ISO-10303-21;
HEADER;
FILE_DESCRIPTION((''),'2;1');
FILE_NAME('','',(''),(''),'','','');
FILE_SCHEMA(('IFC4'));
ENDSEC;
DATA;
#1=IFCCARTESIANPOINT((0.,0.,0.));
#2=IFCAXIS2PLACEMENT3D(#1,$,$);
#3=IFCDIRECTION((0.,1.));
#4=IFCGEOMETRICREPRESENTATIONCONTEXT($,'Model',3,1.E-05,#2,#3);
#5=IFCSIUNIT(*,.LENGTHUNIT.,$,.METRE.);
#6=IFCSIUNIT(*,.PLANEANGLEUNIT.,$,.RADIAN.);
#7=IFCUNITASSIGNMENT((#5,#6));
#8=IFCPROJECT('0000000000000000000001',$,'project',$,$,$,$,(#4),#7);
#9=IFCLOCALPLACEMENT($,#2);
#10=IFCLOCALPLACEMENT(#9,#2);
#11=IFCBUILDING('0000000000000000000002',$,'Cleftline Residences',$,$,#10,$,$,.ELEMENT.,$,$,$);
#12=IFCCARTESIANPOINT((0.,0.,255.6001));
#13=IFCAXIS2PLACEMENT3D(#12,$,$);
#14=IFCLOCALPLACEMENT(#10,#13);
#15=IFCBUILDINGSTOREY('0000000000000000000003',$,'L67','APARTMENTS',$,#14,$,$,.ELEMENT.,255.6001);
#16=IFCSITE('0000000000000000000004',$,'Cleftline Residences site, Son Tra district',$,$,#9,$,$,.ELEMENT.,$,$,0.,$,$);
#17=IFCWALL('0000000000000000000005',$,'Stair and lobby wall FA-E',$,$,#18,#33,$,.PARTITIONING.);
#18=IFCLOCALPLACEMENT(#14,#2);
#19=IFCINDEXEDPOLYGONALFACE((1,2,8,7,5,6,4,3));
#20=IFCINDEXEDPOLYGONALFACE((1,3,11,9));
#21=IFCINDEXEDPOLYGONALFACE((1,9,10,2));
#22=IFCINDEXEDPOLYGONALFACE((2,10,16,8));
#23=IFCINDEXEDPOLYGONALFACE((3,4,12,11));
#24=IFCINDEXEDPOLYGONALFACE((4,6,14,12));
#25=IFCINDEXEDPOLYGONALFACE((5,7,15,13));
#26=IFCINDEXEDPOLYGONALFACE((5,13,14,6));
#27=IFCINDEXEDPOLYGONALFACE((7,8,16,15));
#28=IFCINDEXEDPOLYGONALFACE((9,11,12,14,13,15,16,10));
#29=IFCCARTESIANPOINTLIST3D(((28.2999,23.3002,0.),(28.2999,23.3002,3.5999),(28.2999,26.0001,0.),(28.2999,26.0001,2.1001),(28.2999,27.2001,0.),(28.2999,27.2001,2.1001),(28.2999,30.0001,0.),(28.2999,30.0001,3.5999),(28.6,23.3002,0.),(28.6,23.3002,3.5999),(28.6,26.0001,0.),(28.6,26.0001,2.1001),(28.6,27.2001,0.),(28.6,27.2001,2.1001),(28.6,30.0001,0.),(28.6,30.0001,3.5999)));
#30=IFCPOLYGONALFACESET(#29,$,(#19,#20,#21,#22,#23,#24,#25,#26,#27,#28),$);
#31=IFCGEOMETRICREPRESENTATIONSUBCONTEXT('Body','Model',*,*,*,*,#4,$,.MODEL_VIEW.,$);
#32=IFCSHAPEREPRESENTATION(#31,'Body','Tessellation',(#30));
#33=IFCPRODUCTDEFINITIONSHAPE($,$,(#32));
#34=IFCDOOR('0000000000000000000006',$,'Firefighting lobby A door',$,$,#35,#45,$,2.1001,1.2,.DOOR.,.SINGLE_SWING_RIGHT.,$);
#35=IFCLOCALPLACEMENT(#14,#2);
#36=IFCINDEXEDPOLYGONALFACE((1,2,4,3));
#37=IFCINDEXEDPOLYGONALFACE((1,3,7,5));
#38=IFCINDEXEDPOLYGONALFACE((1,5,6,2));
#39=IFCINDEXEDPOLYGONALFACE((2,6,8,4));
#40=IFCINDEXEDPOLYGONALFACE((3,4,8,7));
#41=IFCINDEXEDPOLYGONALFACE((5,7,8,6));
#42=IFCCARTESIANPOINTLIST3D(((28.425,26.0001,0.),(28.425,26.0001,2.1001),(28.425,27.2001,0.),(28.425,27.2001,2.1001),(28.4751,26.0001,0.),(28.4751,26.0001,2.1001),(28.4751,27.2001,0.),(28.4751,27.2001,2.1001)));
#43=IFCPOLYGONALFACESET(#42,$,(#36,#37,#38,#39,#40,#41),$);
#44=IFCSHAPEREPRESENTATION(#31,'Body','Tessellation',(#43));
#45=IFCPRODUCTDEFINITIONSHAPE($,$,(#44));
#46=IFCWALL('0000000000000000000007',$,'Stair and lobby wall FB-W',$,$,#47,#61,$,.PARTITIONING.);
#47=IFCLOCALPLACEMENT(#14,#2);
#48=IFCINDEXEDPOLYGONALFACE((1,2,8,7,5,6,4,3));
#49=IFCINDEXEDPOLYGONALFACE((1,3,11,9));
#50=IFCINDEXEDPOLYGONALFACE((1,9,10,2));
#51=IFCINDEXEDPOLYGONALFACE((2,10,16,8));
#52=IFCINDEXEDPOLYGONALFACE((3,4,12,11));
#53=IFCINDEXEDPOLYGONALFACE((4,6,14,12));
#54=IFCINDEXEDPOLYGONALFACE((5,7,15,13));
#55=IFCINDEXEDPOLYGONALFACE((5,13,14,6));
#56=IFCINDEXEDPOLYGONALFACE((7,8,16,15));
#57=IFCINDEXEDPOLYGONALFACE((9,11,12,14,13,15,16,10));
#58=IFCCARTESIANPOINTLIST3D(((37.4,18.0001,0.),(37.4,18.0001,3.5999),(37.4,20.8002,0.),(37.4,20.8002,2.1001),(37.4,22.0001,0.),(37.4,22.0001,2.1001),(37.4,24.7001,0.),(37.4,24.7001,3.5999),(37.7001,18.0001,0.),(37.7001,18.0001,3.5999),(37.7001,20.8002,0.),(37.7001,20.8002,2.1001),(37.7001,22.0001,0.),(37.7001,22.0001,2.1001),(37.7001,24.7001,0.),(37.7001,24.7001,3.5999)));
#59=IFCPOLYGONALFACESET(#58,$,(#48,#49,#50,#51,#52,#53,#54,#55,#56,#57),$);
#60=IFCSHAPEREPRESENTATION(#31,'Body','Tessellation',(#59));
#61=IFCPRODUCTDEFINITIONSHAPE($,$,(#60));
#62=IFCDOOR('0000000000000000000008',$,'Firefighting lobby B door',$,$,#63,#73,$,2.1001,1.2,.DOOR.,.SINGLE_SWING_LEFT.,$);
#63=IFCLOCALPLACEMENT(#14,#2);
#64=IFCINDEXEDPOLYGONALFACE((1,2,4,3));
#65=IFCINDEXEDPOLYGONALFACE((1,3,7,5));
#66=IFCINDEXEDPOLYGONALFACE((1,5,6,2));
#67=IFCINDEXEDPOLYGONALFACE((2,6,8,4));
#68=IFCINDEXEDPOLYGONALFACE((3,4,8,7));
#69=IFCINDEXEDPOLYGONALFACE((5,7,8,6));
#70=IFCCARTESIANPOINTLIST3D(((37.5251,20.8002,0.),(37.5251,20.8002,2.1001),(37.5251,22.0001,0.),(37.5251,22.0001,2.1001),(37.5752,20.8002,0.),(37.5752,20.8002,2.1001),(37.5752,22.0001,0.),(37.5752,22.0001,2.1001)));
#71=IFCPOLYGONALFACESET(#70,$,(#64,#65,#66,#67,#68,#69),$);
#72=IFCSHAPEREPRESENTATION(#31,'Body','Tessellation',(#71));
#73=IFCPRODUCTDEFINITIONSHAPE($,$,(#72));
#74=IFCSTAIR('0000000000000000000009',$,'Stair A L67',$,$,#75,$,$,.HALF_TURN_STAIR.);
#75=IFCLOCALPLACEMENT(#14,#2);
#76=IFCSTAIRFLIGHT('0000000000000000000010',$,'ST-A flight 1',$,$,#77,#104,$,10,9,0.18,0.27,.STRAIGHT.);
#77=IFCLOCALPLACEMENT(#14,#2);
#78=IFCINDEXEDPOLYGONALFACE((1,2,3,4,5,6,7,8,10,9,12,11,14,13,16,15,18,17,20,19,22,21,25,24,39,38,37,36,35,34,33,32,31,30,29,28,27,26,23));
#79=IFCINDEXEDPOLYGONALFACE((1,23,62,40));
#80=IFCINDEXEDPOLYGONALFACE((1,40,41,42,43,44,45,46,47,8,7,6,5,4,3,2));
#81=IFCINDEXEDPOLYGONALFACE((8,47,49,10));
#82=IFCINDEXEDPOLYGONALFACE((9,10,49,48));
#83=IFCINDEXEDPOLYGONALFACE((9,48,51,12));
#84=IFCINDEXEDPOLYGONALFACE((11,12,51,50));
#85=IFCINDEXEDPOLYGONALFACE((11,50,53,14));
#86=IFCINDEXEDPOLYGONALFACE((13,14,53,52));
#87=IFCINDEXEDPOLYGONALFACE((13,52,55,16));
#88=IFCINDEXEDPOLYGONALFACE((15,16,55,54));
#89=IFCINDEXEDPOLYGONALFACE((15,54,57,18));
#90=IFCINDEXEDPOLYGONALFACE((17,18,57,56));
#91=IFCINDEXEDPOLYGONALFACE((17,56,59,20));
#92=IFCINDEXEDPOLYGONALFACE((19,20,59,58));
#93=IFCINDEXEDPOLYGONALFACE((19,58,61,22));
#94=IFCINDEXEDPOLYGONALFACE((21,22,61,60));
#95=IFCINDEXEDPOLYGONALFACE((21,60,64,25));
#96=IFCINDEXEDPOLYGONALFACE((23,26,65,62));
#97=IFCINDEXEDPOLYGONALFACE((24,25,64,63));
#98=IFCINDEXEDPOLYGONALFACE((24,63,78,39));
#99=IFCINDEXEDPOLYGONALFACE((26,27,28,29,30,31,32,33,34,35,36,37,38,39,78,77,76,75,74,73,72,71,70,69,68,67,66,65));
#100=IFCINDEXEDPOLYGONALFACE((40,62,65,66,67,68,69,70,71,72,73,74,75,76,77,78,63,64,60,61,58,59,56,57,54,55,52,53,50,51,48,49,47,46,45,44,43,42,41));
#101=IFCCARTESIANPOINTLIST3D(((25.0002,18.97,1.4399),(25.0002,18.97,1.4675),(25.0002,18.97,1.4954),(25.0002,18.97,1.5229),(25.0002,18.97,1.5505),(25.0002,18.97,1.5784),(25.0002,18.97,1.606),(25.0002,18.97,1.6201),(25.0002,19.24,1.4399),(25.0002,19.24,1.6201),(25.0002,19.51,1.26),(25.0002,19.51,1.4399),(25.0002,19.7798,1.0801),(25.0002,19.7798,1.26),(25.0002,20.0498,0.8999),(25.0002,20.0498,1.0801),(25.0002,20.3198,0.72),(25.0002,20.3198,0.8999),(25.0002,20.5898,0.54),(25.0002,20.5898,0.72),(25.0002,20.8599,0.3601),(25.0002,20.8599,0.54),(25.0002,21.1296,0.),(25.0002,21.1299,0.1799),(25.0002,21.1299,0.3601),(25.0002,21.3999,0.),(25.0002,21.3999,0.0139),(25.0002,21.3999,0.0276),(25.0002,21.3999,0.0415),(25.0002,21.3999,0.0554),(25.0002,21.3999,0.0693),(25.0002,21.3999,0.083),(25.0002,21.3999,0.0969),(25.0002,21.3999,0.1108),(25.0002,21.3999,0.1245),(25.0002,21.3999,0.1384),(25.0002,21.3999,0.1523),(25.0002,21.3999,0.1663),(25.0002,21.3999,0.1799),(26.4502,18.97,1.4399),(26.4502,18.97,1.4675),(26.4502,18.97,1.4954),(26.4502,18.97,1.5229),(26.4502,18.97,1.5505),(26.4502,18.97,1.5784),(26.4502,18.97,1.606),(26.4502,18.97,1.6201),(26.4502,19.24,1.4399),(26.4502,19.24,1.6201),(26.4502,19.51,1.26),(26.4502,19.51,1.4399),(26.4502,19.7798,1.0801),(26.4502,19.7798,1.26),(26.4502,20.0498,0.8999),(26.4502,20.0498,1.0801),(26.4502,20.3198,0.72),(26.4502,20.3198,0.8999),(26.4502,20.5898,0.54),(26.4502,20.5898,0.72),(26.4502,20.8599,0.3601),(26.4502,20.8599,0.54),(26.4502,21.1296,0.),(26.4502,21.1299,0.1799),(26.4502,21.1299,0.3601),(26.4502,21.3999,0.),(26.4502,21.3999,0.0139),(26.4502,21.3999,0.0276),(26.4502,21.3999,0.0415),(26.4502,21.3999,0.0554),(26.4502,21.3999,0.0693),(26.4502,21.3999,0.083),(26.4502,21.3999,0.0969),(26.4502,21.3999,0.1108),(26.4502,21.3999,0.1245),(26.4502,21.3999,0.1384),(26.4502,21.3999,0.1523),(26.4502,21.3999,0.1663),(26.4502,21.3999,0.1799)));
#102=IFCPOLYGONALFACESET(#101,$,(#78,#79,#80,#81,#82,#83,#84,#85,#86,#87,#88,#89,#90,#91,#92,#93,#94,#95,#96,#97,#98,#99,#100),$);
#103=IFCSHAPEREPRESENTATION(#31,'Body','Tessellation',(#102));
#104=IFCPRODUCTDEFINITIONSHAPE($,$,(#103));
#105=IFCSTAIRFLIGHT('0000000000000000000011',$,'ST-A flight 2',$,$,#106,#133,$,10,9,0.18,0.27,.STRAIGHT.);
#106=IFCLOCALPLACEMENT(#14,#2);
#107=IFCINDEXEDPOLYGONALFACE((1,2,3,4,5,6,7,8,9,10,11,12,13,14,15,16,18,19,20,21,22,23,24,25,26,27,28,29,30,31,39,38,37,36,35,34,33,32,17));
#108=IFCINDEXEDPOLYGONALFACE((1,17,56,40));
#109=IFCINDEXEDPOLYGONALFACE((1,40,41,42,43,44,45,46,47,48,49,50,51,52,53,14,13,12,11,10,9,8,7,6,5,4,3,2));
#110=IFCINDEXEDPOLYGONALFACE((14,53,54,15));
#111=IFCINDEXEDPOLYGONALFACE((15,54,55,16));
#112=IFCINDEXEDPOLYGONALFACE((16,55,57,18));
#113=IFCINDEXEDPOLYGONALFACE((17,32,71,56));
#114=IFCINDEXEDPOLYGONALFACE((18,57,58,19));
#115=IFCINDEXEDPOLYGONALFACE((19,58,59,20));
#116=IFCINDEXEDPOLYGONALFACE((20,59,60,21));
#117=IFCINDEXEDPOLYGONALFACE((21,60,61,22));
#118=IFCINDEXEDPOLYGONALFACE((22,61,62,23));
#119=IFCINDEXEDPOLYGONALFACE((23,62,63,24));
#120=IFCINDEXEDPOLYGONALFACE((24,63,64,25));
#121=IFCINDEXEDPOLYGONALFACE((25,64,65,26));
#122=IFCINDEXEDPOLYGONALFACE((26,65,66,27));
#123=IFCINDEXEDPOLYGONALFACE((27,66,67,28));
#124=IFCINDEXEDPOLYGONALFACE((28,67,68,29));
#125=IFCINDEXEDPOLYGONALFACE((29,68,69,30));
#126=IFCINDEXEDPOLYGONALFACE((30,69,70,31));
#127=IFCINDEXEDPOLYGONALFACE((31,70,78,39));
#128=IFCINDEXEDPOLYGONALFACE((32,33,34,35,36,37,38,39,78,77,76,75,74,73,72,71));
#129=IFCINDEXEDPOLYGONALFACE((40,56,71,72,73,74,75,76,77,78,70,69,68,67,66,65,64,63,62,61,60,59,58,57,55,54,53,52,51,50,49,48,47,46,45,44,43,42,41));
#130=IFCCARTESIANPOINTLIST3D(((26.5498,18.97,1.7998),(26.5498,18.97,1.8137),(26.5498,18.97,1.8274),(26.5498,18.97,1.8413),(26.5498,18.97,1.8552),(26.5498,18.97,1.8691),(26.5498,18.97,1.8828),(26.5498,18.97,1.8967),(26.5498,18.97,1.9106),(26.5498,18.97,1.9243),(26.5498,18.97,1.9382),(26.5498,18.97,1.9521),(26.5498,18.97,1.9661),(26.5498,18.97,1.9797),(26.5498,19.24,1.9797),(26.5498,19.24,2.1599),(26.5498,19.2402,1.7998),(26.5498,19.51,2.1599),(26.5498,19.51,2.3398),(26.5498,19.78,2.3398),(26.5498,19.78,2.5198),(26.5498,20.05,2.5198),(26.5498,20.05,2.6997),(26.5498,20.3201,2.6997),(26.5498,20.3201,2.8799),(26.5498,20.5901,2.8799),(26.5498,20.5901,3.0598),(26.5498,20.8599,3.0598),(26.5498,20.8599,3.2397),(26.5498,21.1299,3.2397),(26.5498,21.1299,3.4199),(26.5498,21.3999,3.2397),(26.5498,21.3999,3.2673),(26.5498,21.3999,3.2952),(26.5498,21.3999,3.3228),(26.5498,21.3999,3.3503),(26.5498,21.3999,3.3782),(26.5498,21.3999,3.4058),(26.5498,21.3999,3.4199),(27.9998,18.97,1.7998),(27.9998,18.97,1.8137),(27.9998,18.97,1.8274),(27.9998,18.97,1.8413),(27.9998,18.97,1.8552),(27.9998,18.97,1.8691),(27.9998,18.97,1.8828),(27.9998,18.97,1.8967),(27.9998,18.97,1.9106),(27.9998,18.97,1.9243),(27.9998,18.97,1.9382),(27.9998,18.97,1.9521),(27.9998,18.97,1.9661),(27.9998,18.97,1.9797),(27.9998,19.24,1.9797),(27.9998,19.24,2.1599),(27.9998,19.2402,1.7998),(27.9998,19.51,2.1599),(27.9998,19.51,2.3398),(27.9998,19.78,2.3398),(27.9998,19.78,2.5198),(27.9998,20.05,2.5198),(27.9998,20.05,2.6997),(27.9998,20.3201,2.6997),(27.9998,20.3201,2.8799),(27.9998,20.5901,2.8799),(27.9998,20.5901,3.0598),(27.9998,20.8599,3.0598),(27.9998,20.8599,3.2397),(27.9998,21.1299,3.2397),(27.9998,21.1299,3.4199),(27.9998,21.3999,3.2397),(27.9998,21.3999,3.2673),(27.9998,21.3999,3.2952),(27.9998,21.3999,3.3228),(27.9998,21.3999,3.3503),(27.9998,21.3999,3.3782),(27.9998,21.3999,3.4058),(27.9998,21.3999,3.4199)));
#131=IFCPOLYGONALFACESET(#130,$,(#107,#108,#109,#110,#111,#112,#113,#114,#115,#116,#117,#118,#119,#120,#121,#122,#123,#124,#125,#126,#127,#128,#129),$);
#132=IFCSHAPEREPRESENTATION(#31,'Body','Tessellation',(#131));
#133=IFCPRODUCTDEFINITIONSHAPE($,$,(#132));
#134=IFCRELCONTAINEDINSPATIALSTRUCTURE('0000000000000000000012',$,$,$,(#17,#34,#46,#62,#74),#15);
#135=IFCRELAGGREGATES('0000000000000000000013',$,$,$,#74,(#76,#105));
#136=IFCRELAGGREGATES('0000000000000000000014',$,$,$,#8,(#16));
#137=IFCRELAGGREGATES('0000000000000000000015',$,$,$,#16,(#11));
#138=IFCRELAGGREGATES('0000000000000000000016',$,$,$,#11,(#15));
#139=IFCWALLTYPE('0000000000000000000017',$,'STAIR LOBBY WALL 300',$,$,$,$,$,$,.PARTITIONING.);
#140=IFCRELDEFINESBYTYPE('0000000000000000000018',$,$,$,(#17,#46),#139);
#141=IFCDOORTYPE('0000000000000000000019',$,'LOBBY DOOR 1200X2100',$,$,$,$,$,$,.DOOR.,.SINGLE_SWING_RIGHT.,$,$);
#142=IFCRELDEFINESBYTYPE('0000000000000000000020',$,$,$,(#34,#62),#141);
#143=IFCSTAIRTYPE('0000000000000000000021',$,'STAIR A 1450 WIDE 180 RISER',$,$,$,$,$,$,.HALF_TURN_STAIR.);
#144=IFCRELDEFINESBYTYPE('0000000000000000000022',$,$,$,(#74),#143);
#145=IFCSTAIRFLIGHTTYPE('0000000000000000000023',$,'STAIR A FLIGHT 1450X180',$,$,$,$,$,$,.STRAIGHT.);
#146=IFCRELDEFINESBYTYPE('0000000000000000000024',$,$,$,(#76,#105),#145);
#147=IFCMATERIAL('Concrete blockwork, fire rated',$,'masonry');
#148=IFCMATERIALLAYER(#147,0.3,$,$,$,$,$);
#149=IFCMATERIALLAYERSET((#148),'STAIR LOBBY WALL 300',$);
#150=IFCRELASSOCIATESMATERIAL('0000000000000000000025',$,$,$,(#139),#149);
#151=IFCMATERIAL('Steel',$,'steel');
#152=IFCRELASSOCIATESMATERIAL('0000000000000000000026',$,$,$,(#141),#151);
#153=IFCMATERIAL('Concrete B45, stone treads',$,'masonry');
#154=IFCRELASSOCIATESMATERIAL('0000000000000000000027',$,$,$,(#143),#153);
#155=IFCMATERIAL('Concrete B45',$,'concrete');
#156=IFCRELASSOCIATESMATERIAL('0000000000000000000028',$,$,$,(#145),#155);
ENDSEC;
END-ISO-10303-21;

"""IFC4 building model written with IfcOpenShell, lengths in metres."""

from ifc_helpers import new_model, si_unit, direction, frame, frame_2d, origin, place, context, subcontext, project, spatial, polyline, rectangle, outline, extrude, material, layer, layer_set, type_object, element, fill, aggregate, save


model = new_model("IFC4")

# Units and contexts
model_context = context("Model", 3, precision=1e-05, world=origin(), true_north=direction((0.0, 1.0)))
body_context = subcontext(model_context, "Body", "Model", "MODEL_VIEW")
ifc_project = project(units=[si_unit("LENGTHUNIT", "METRE"), si_unit("PLANEANGLEUNIT", "RADIAN")], contexts=[model_context])

# Site, building, storey
site_placement = place(None, origin())
site = spatial("IfcSite", under=ifc_project, at=site_placement, Name="Cleftline Residences site, Son Tra district", CompositionType="ELEMENT", RefElevation=0.0)
building_placement = place(site_placement, origin())
building = spatial("IfcBuilding", under=site, at=building_placement, Name="Cleftline Residences", CompositionType="ELEMENT")
storey_placement = place(building_placement, frame((0.0, 0.0, 255.6001)))
storey = spatial("IfcBuildingStorey", under=building, at=storey_placement, Name="L67", Description="APARTMENTS", CompositionType="ELEMENT", Elevation=255.6001)

# Walls, openings, doors
ifc_material_1 = material(Name="Concrete blockwork, fire rated", Category="masonry")
ifc_layer_1 = layer(ifc_material_1, 0.3)
ifc_layer_set_1 = layer_set([ifc_layer_1], Name="STAIR LOBBY WALL 300")
wall_type_1 = type_object("IfcWallType", Name="STAIR LOBBY WALL 300", PredefinedType="PARTITIONING", material=ifc_layer_set_1)
wall_1_placement = place(storey_placement, frame((28.45, 23.3, 0.0), z_axis=(0.0, 0.0, 1.0), x_axis=(0.0, 1.0, 0.0)))
wall_1 = element("IfcWall", 1, at=wall_1_placement, inside=storey, type_object=wall_type_1, Name="Stair and lobby wall FA-E", PredefinedType="PARTITIONING", context=body_context, shape_type="SweptSolid", body=[
    extrude(rectangle(XDim=6.7, YDim=0.3, at=frame_2d((3.3501, 0.0))), origin(), (0.0, 0.0, 1.0), 3.5999),
])
opening_1_placement = place(wall_1_placement, frame((2.7, 0.0, 0.0)))
opening_1 = element("IfcOpeningElement", 2, at=opening_1_placement, cuts=wall_1, PredefinedType="OPENING", context=body_context, shape_type="SweptSolid", body=[
    extrude(rectangle(XDim=1.2, YDim=2.1001, at=frame_2d((0.6001, 1.05))), frame((0.0, 0.1599, 0.0), z_axis=(0.0, -1.0, 0.0), x_axis=(1.0, 0.0, 0.0)), (0.0, 0.0, 1.0), 0.3201),
])
ifc_material_2 = material(Name="Steel", Category="steel")
door_type_1 = type_object("IfcDoorType", Name="LOBBY DOOR 1200X2100", OperationType="SINGLE_SWING_RIGHT", PredefinedType="DOOR", material=ifc_material_2)
door_1_placement = place(opening_1_placement, origin())
door_1 = element("IfcDoor", 3, at=door_1_placement, inside=storey, type_object=door_type_1, Name="Firefighting lobby A door", OperationType="SINGLE_SWING_RIGHT", OverallHeight=2.1001, OverallWidth=1.2, PredefinedType="DOOR", context=body_context, shape_type="SweptSolid", body=[
    extrude(rectangle(XDim=1.2, YDim=2.1001, at=frame_2d((0.6001, 1.05))), frame((0.0, 0.0249, 0.0), z_axis=(0.0, -1.0, 0.0), x_axis=(1.0, 0.0, 0.0)), (0.0, 0.0, 1.0), 0.05),
])
fill(opening_1, door_1)
wall_2_placement = place(storey_placement, frame((37.55, 18.0, 0.0), z_axis=(0.0, 0.0, 1.0), x_axis=(0.0, 1.0, 0.0)))
wall_2 = element("IfcWall", 4, at=wall_2_placement, inside=storey, type_object=wall_type_1, Name="Stair and lobby wall FB-W", PredefinedType="PARTITIONING", context=body_context, shape_type="SweptSolid", body=[
    extrude(rectangle(XDim=6.7, YDim=0.3, at=frame_2d((3.3501, 0.0))), origin(), (0.0, 0.0, 1.0), 3.5999),
])
opening_2_placement = place(wall_2_placement, frame((2.8, 0.0, 0.0)))
opening_2 = element("IfcOpeningElement", 5, at=opening_2_placement, cuts=wall_2, PredefinedType="OPENING", context=body_context, shape_type="SweptSolid", body=[
    extrude(rectangle(XDim=1.2, YDim=2.1001, at=frame_2d((0.6001, 1.05))), frame((0.0, 0.1599, 0.0), z_axis=(0.0, -1.0, 0.0), x_axis=(1.0, 0.0, 0.0)), (0.0, 0.0, 1.0), 0.3201),
])
door_2_placement = place(opening_2_placement, origin())
door_2 = element("IfcDoor", 6, at=door_2_placement, inside=storey, type_object=door_type_1, Name="Firefighting lobby B door", OperationType="SINGLE_SWING_LEFT", OverallHeight=2.1001, OverallWidth=1.2, PredefinedType="DOOR", context=body_context, shape_type="SweptSolid", body=[
    extrude(rectangle(XDim=1.2, YDim=2.1001, at=frame_2d((0.6001, 1.05))), frame((0.0, 0.0249, 0.0), z_axis=(0.0, -1.0, 0.0), x_axis=(1.0, 0.0, 0.0)), (0.0, 0.0, 1.0), 0.05),
])
fill(opening_2, door_2)

# Stair, stair flights
ifc_material_3 = material(Name="Concrete B45, stone treads", Category="masonry")
stair_type = type_object("IfcStairType", Name="STAIR A 1450 WIDE 180 RISER", PredefinedType="HALF_TURN_STAIR", material=ifc_material_3)
stair_placement = place(storey_placement, origin())
stair = element("IfcStair", 7, at=stair_placement, inside=storey, type_object=stair_type, Name="Stair A L67", PredefinedType="HALF_TURN_STAIR")
ifc_material_4 = material(Name="Concrete B45", Category="concrete")
stair_flight_type = type_object("IfcStairFlightType", Name="STAIR A FLIGHT 1450X180", PredefinedType="STRAIGHT", material=ifc_material_4)
stair_flight_1_placement = place(storey_placement, frame((25.7251, 21.3999, 0.0), z_axis=(0.0, 0.0, 1.0), x_axis=(0.0, -1.0, 0.0)))
stair_flight_1 = element("IfcStairFlight", 8, at=stair_flight_1_placement, type_object=stair_flight_type, Name="ST-A flight 1", NumberOfRisers=10, NumberOfTreads=9, PredefinedType="STRAIGHT", RiserHeight=0.18, TreadLength=0.27, context=body_context, shape_type="SweptSolid", body=[
    extrude(outline(polyline([(0.0, 0.0), (0.0, 0.0139), (0.0, 0.0276), (0.0, 0.0415), (0.0, 0.0554), (0.0, 0.0693), (0.0, 0.083), (0.0, 0.0969), (0.0, 0.1108), (0.0, 0.1245), (0.0, 0.1384), (0.0, 0.1523), (0.0, 0.1663), (0.0, 0.1799), (0.27, 0.1799), (0.27, 0.3601), (0.54, 0.3601), (0.54, 0.54), (0.8101, 0.54), (0.8101, 0.72), (1.0801, 0.72), (1.0801, 0.8999), (1.3501, 0.8999), (1.3501, 1.0801), (1.6201, 1.0801), (1.6201, 1.26), (1.8899, 1.26), (1.8899, 1.4399), (2.1599, 1.4399), (2.1599, 1.6201), (2.4299, 1.6201), (2.4299, 1.8), (2.4299, 1.7722), (2.4299, 1.7446), (2.4299, 1.7168), (2.4299, 1.6892), (2.4299, 1.6614), (2.4299, 1.6338), (2.4299, 1.606), (2.4299, 1.5784), (2.4299, 1.5505), (2.4299, 1.5229), (2.4299, 1.4954), (2.4299, 1.4675), (2.4299, 1.4399), (0.2703, 0.0), (0.0, 0.0)])), frame((0.0, 0.7251, 0.0), z_axis=(0.0, -1.0, 0.0), x_axis=(1.0, 0.0, 0.0)), (0.0, 0.0, 1.0), 1.45),
])
stair_flight_2_placement = place(storey_placement, frame((27.2749, 18.97, 1.7998), z_axis=(0.0, 0.0, 1.0), x_axis=(0.0, 1.0, 0.0)))
stair_flight_2 = element("IfcStairFlight", 9, at=stair_flight_2_placement, type_object=stair_flight_type, Name="ST-A flight 2", NumberOfRisers=10, NumberOfTreads=9, PredefinedType="STRAIGHT", RiserHeight=0.18, TreadLength=0.27, context=body_context, shape_type="SweptSolid", body=[
    extrude(outline(polyline([(0.0, 0.0), (0.0, 0.0139), (0.0, 0.0276), (0.0, 0.0415), (0.0, 0.0554), (0.0, 0.0693), (0.0, 0.083), (0.0, 0.0969), (0.0, 0.1108), (0.0, 0.1245), (0.0, 0.1384), (0.0, 0.1523), (0.0, 0.1663), (0.0, 0.1799), (0.27, 0.1799), (0.27, 0.3601), (0.54, 0.3601), (0.54, 0.54), (0.8101, 0.54), (0.8101, 0.72), (1.0801, 0.72), (1.0801, 0.8999), (1.3501, 0.8999), (1.3501, 1.0801), (1.6201, 1.0801), (1.6201, 1.26), (1.8899, 1.26), (1.8899, 1.4399), (2.1599, 1.4399), (2.1599, 1.6201), (2.4299, 1.6201), (2.4299, 1.8), (2.4299, 1.7722), (2.4299, 1.7446), (2.4299, 1.7168), (2.4299, 1.6892), (2.4299, 1.6614), (2.4299, 1.6338), (2.4299, 1.606), (2.4299, 1.5784), (2.4299, 1.5505), (2.4299, 1.5229), (2.4299, 1.4954), (2.4299, 1.4675), (2.4299, 1.4399), (0.2703, 0.0), (0.0, 0.0)])), frame((0.0, 0.7251, 0.0), z_axis=(0.0, -1.0, 0.0), x_axis=(1.0, 0.0, 0.0)), (0.0, 0.0, 1.0), 1.45),
])
aggregate(stair, [stair_flight_1, stair_flight_2])

save(model, "model.ifc")
